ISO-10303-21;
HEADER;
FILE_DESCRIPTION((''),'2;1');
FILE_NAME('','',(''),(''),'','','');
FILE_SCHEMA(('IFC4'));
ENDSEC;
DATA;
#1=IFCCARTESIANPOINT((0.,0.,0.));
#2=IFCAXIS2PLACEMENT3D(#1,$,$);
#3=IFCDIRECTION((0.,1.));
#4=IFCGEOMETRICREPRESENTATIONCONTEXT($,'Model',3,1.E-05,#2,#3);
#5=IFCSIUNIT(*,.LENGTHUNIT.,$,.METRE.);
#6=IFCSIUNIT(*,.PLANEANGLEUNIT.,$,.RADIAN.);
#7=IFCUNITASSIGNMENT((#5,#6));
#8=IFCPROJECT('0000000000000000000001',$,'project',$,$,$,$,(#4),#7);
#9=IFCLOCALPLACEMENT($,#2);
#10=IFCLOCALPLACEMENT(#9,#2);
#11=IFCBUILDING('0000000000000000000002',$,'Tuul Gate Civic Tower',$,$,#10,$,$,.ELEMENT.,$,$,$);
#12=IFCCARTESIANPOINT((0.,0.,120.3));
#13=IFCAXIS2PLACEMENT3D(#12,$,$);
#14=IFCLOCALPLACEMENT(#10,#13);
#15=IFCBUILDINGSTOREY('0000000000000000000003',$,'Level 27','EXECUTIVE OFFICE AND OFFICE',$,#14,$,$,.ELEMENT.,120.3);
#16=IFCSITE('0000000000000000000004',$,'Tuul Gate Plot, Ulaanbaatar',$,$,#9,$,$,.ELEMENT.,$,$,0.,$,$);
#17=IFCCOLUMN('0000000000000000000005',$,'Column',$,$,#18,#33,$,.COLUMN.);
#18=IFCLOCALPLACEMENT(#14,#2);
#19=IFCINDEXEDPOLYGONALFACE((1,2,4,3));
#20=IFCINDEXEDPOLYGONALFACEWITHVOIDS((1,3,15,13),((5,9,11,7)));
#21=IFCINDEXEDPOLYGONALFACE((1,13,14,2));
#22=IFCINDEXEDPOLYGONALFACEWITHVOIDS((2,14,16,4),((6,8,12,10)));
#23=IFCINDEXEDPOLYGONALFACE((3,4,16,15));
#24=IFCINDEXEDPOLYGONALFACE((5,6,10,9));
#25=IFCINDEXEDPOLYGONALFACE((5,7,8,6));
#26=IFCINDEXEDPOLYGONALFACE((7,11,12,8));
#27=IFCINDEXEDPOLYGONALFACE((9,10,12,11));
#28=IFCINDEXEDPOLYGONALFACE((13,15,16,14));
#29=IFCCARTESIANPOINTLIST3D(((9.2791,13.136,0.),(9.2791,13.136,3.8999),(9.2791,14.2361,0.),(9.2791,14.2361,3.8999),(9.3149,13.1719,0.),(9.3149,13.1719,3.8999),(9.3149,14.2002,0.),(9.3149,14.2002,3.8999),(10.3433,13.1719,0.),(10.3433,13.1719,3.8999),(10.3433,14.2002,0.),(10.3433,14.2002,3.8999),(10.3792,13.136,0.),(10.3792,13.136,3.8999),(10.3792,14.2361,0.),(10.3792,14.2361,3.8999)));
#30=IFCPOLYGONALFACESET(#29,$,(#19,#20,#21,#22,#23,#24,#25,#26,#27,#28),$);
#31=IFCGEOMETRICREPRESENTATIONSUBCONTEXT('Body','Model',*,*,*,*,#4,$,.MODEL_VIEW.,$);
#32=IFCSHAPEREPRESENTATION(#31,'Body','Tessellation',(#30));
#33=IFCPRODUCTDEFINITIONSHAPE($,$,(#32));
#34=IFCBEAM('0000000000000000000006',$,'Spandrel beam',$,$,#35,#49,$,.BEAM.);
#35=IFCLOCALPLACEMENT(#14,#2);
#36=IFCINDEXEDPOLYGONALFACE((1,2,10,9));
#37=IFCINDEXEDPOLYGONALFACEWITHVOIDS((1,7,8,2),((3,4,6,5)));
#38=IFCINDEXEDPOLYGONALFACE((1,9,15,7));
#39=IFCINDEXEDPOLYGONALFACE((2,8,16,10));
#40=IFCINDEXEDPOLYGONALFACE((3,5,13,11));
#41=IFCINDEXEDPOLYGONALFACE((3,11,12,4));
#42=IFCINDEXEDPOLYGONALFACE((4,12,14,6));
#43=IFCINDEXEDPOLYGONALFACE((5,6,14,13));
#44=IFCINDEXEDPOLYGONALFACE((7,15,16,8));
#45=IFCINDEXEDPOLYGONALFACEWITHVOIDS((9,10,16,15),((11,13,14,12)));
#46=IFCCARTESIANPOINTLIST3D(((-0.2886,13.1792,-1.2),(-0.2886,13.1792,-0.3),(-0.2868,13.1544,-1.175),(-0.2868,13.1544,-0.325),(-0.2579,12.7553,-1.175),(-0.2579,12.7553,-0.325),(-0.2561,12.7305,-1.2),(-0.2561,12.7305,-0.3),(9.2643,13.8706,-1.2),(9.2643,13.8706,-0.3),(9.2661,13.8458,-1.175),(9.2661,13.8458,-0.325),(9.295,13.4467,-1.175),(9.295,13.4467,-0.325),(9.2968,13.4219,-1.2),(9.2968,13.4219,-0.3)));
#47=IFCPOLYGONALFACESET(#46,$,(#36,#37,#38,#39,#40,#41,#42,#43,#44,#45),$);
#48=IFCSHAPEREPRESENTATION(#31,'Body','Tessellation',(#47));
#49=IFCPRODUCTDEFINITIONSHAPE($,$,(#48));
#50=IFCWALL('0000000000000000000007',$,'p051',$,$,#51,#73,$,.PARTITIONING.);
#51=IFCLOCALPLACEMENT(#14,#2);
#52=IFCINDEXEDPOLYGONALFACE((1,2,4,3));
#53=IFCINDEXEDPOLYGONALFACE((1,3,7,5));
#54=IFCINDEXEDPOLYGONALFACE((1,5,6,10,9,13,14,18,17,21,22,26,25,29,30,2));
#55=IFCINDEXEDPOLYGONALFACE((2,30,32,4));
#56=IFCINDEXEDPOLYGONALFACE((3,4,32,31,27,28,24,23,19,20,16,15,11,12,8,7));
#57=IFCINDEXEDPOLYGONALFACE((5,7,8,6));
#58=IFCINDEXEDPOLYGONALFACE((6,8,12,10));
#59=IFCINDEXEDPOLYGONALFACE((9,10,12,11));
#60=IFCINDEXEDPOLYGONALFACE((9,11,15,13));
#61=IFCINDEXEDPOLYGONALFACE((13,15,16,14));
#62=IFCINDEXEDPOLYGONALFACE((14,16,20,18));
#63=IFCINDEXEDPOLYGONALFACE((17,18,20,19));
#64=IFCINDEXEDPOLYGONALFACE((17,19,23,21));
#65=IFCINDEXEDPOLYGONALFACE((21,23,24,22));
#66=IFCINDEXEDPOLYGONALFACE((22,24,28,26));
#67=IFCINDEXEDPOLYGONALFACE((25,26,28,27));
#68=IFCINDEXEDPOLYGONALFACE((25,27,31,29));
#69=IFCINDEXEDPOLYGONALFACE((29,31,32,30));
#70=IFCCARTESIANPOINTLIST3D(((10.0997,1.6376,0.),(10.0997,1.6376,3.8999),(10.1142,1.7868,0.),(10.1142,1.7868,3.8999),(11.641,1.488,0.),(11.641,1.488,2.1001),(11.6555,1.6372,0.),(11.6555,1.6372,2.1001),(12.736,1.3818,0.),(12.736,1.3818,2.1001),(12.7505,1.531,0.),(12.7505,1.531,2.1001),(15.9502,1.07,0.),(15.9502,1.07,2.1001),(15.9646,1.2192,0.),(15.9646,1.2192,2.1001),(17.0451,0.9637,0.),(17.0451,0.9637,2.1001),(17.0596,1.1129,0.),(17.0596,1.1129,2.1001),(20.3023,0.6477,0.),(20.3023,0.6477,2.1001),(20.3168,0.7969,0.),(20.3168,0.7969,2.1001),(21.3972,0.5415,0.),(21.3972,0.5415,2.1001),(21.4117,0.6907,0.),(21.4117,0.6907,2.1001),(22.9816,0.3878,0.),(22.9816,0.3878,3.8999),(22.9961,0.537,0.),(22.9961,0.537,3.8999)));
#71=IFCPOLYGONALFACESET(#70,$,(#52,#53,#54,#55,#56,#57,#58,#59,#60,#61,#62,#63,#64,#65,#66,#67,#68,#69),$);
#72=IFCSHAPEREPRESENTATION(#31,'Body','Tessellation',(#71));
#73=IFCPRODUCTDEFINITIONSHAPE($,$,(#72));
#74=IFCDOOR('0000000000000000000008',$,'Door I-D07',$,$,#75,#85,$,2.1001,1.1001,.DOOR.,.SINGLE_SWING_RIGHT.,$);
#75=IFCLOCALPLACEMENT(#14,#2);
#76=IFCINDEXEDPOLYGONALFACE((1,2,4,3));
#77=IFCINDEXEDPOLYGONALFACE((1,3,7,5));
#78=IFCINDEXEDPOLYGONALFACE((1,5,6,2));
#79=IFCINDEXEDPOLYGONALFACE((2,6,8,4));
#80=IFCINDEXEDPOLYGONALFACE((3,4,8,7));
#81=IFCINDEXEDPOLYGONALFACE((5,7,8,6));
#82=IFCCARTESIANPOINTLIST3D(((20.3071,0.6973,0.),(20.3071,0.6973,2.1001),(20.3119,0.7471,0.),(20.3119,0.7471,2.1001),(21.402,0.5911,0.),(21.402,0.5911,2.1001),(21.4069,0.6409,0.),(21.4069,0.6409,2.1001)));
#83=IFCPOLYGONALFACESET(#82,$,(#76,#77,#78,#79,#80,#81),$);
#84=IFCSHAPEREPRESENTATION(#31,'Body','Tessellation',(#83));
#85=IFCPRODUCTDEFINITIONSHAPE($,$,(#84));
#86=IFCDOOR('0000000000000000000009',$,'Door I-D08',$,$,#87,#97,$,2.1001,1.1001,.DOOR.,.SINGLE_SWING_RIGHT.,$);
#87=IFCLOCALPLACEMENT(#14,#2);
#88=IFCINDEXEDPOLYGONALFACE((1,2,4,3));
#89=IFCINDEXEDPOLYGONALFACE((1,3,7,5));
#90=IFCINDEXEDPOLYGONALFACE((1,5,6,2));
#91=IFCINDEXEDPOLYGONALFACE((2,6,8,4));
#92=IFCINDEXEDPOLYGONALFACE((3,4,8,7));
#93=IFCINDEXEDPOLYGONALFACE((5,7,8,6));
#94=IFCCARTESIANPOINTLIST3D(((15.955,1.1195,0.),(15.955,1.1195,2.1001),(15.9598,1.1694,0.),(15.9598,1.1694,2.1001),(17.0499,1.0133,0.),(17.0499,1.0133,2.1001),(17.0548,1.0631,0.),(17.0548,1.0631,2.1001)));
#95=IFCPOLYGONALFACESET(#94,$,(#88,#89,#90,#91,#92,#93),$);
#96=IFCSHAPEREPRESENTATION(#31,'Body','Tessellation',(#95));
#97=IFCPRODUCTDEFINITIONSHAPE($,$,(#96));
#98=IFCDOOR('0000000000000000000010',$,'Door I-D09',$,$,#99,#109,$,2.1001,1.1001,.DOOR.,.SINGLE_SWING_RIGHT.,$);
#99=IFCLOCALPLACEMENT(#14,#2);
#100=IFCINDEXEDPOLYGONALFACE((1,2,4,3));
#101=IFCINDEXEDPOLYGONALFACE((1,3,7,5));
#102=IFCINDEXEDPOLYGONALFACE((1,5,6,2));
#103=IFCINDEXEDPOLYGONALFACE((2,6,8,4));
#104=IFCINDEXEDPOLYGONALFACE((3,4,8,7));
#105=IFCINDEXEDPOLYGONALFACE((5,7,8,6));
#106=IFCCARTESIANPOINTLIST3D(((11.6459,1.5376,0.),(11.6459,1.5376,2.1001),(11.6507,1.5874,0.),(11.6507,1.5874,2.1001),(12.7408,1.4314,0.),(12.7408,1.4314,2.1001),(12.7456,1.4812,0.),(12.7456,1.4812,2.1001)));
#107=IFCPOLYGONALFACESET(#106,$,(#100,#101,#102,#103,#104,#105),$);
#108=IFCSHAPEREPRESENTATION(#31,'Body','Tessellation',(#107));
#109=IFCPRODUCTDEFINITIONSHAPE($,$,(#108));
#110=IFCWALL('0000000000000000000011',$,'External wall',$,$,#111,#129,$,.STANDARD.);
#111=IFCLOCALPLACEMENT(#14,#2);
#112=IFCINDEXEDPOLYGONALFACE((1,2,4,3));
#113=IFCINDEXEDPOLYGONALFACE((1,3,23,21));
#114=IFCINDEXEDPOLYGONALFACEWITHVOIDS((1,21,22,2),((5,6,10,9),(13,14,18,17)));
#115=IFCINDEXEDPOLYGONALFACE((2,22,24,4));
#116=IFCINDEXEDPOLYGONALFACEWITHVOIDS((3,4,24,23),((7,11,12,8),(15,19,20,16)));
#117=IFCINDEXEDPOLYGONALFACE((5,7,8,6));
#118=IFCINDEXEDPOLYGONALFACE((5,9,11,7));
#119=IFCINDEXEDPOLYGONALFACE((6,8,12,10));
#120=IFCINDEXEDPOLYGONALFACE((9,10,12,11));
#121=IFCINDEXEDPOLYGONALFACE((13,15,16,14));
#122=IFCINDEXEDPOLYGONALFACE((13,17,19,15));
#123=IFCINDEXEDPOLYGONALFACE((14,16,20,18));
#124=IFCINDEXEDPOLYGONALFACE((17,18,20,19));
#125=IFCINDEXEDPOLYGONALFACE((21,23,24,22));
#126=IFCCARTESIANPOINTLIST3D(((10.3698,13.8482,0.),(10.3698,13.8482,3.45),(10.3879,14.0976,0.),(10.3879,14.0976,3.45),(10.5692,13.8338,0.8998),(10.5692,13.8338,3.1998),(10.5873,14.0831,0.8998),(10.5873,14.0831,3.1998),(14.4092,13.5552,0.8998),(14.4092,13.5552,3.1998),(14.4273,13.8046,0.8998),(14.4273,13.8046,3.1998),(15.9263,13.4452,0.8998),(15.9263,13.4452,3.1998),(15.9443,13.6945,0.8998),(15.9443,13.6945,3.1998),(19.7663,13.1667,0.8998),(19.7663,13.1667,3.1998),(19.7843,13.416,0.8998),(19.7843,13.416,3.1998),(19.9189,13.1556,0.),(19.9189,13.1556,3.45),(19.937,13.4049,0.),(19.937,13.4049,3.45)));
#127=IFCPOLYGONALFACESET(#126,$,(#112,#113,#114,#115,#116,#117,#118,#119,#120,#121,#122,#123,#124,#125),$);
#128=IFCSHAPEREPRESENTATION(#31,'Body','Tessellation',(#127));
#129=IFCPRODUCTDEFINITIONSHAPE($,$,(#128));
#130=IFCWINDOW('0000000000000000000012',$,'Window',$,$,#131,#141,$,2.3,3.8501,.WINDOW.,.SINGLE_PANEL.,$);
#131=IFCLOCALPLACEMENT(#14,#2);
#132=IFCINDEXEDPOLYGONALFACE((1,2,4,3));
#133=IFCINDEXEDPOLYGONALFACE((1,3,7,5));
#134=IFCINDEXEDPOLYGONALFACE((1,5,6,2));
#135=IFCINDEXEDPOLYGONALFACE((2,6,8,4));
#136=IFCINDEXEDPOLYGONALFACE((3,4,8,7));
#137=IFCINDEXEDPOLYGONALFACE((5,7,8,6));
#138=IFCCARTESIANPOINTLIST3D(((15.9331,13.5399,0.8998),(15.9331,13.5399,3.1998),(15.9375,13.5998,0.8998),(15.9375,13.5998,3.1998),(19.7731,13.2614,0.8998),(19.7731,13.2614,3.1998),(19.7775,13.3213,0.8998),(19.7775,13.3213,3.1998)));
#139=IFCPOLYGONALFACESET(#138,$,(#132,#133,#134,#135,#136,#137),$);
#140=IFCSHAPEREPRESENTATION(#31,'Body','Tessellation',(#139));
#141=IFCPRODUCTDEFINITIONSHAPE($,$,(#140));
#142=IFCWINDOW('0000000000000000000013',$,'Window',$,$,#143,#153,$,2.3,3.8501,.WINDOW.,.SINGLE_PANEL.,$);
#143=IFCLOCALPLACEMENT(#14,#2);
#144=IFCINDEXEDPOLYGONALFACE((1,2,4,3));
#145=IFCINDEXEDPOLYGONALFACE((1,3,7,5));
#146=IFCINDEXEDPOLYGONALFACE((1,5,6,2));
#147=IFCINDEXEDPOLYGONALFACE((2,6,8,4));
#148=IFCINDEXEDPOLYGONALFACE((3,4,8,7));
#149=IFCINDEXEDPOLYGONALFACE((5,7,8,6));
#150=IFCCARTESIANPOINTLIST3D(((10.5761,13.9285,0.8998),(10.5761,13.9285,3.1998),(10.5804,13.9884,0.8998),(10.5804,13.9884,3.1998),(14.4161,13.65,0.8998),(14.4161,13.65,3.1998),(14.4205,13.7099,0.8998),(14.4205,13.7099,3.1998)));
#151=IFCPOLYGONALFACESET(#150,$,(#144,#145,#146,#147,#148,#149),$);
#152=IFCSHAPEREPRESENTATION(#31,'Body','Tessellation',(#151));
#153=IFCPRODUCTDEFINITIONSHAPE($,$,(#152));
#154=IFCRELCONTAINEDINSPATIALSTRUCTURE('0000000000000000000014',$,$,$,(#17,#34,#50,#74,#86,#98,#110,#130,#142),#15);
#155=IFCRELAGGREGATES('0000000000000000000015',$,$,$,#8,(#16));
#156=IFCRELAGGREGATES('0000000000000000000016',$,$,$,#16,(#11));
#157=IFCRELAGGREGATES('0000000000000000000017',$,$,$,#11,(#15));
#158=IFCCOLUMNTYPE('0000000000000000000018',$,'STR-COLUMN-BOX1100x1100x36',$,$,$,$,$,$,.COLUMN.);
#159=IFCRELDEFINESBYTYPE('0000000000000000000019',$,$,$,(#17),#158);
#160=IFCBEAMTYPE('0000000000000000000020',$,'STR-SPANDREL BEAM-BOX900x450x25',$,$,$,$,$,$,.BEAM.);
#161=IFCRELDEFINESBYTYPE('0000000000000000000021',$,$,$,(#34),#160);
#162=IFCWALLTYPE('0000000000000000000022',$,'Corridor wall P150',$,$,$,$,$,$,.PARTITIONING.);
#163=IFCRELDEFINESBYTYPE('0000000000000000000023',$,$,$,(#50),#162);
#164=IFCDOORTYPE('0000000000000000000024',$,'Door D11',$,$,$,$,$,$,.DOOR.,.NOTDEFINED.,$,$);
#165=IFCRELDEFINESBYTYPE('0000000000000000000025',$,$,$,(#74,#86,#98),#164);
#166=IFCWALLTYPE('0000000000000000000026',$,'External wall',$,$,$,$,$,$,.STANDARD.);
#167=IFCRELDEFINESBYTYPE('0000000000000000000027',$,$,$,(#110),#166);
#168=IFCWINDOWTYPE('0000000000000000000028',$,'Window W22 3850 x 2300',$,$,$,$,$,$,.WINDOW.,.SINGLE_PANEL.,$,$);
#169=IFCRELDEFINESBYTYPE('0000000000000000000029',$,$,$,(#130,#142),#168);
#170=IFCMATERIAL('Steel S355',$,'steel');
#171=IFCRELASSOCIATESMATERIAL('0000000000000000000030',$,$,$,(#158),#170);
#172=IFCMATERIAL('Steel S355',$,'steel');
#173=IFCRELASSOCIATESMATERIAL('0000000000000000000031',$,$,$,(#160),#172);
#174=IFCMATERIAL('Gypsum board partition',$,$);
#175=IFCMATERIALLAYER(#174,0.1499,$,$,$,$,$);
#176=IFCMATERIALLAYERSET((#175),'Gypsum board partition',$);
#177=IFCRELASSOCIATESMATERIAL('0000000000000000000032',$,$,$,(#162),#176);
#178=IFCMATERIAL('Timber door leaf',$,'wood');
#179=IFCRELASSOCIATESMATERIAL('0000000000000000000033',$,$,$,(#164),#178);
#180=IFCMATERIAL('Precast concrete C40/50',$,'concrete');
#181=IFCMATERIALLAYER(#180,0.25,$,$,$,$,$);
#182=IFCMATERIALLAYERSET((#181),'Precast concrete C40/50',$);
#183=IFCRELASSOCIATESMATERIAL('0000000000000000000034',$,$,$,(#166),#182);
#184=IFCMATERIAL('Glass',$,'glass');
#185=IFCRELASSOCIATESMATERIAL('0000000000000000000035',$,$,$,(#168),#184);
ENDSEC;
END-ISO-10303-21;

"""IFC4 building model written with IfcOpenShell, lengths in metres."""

from ifc_helpers import new_model, si_unit, direction, frame, frame_2d, origin, origin_2d, place, context, subcontext, project, spatial, rectangle, hollow_rectangle, extrude, material, layer, layer_set, material_profile, profile_set, type_object, element, fill, save


model = new_model("IFC4")

# Units and contexts
model_context = context("Model", 3, precision=1e-05, world=origin(), true_north=direction((0.0, 1.0)))
body_context = subcontext(model_context, "Body", "Model", "MODEL_VIEW")
ifc_project = project(units=[si_unit("LENGTHUNIT", "METRE"), si_unit("PLANEANGLEUNIT", "RADIAN")], contexts=[model_context])

# Site, building, storey
site_placement = place(None, origin())
site = spatial("IfcSite", under=ifc_project, at=site_placement, Name="Tuul Gate Plot, Ulaanbaatar", CompositionType="ELEMENT", RefElevation=0.0)
building_placement = place(site_placement, origin())
building = spatial("IfcBuilding", under=site, at=building_placement, Name="Tuul Gate Civic Tower", CompositionType="ELEMENT")
storey_placement = place(building_placement, frame((0.0, 0.0, 120.3)))
storey = spatial("IfcBuildingStorey", under=building, at=storey_placement, Name="Level 27", Description="EXECUTIVE OFFICE AND OFFICE", CompositionType="ELEMENT", Elevation=120.3)

# Column
ifc_material_1 = material(Name="Steel S355", Category="steel")
ifc_material_profile_1 = material_profile(ifc_material_1, hollow_rectangle(XDim=1.1001, YDim=1.1001, WallThickness=0.0359, at=origin_2d()), Name="BOX1100x1100x36")
ifc_profile_set_1 = profile_set([ifc_material_profile_1], Name="Steel S355")
column_type = type_object("IfcColumnType", Name="STR-COLUMN-BOX1100x1100x36", PredefinedType="COLUMN", material=ifc_profile_set_1)
column_placement = place(storey_placement, frame((9.8291, 13.686, 0.0), z_axis=(0.0, 0.0, 1.0), x_axis=(1.0, 0.0, 0.0)))
element("IfcColumn", 1, at=column_placement, inside=storey, type_object=column_type, Name="Column", PredefinedType="COLUMN", context=body_context, shape_type="SweptSolid", body=[
    extrude(hollow_rectangle(XDim=1.1001, YDim=1.1001, WallThickness=0.0359, at=origin_2d()), origin(), (0.0, 0.0, 1.0), 3.8999),
])

# Beam
ifc_material_2 = material(Name="Steel S355", Category="steel")
ifc_material_profile_2 = material_profile(ifc_material_2, hollow_rectangle(XDim=0.45, YDim=0.8999, WallThickness=0.0249, at=origin_2d()), Name="BOX900x450x25")
ifc_profile_set_2 = profile_set([ifc_material_profile_2], Name="Steel S355")
beam_type = type_object("IfcBeamType", Name="STR-SPANDREL BEAM-BOX900x450x25", PredefinedType="BEAM", material=ifc_profile_set_2)
beam_placement = place(storey_placement, frame((9.2805, 13.6462, -0.75), z_axis=(-0.997391, -0.072187, 0.0), x_axis=(0.072187, -0.997391, 0.0)))
element("IfcBeam", 2, at=beam_placement, inside=storey, type_object=beam_type, Name="Spandrel beam", PredefinedType="BEAM", context=body_context, shape_type="SweptSolid", body=[
    extrude(hollow_rectangle(XDim=0.45, YDim=0.8999, WallThickness=0.0249, at=origin_2d()), origin(), (0.0, 0.0, 1.0), 9.5779),
])

# Wall, openings, doors
ifc_material_3 = material(Name="Gypsum board partition")
ifc_layer_1 = layer(ifc_material_3, 0.1499)
ifc_layer_set_1 = layer_set([ifc_layer_1], Name="Gypsum board partition")
wall_type_1 = type_object("IfcWallType", Name="Corridor wall P150", PredefinedType="PARTITIONING", material=ifc_layer_set_1)
wall_1_placement = place(storey_placement, frame((10.1069, 1.7122, 0.0), z_axis=(0.0, 0.0, 1.0), x_axis=(0.995327, -0.096564, 0.0)))
wall_1 = element("IfcWall", 3, at=wall_1_placement, inside=storey, type_object=wall_type_1, Name="p051", PredefinedType="PARTITIONING", context=body_context, shape_type="SweptSolid", body=[
    extrude(rectangle(XDim=12.9424, YDim=0.1499, at=frame_2d((6.4712, 0.0))), origin(), (0.0, 0.0, 1.0), 3.8999),
])
opening_1_placement = place(wall_1_placement, frame((10.2505, 0.0, 0.0)))
opening_1 = element("IfcOpeningElement", 4, at=opening_1_placement, cuts=wall_1, PredefinedType="OPENING", context=body_context, shape_type="SweptSolid", body=[
    extrude(rectangle(XDim=1.1001, YDim=2.1001, at=frame_2d((0.55, 1.05))), frame((0.0, 0.085, 0.0), z_axis=(0.0, -1.0, 0.0), x_axis=(1.0, 0.0, 0.0)), (0.0, 0.0, 1.0), 0.1699),
])
opening_2_placement = place(wall_1_placement, frame((5.8779, 0.0, 0.0)))
opening_2 = element("IfcOpeningElement", 5, at=opening_2_placement, cuts=wall_1, PredefinedType="OPENING", context=body_context, shape_type="SweptSolid", body=[
    extrude(rectangle(XDim=1.1001, YDim=2.1001, at=frame_2d((0.55, 1.05))), frame((0.0, 0.085, 0.0), z_axis=(0.0, -1.0, 0.0), x_axis=(1.0, 0.0, 0.0)), (0.0, 0.0, 1.0), 0.1699),
])
opening_3_placement = place(wall_1_placement, frame((1.5486, 0.0, 0.0)))
opening_3 = element("IfcOpeningElement", 6, at=opening_3_placement, cuts=wall_1, PredefinedType="OPENING", context=body_context, shape_type="SweptSolid", body=[
    extrude(rectangle(XDim=1.1001, YDim=2.1001, at=frame_2d((0.55, 1.05))), frame((0.0, 0.085, 0.0), z_axis=(0.0, -1.0, 0.0), x_axis=(1.0, 0.0, 0.0)), (0.0, 0.0, 1.0), 0.1699),
])
ifc_material_4 = material(Name="Timber door leaf", Category="wood")
door_type = type_object("IfcDoorType", Name="Door D11", OperationType="NOTDEFINED", PredefinedType="DOOR", material=ifc_material_4)
door_1_placement = place(opening_1_placement, origin())
door_1 = element("IfcDoor", 7, at=door_1_placement, inside=storey, type_object=door_type, Name="Door I-D07", OperationType="SINGLE_SWING_RIGHT", OverallHeight=2.1001, OverallWidth=1.1001, PredefinedType="DOOR", context=body_context, shape_type="SweptSolid", body=[
    extrude(rectangle(XDim=1.1001, YDim=2.1001, at=frame_2d((0.55, 1.05))), frame((0.0, 0.0249, 0.0), z_axis=(0.0, -1.0, 0.0), x_axis=(1.0, 0.0, 0.0)), (0.0, 0.0, 1.0), 0.05),
])
fill(opening_1, door_1)
door_2_placement = place(opening_2_placement, origin())
door_2 = element("IfcDoor", 8, at=door_2_placement, inside=storey, type_object=door_type, Name="Door I-D08", OperationType="SINGLE_SWING_RIGHT", OverallHeight=2.1001, OverallWidth=1.1001, PredefinedType="DOOR", context=body_context, shape_type="SweptSolid", body=[
    extrude(rectangle(XDim=1.1001, YDim=2.1001, at=frame_2d((0.55, 1.05))), frame((0.0, 0.0249, 0.0), z_axis=(0.0, -1.0, 0.0), x_axis=(1.0, 0.0, 0.0)), (0.0, 0.0, 1.0), 0.05),
])
fill(opening_2, door_2)
door_3_placement = place(opening_3_placement, origin())
door_3 = element("IfcDoor", 9, at=door_3_placement, inside=storey, type_object=door_type, Name="Door I-D09", OperationType="SINGLE_SWING_RIGHT", OverallHeight=2.1001, OverallWidth=1.1001, PredefinedType="DOOR", context=body_context, shape_type="SweptSolid", body=[
    extrude(rectangle(XDim=1.1001, YDim=2.1001, at=frame_2d((0.55, 1.05))), frame((0.0, 0.0249, 0.0), z_axis=(0.0, -1.0, 0.0), x_axis=(1.0, 0.0, 0.0)), (0.0, 0.0, 1.0), 0.05),
])
fill(opening_3, door_3)

# Wall, openings, windows
ifc_material_5 = material(Name="Precast concrete C40/50", Category="concrete")
ifc_layer_2 = layer(ifc_material_5, 0.25)
ifc_layer_set_2 = layer_set([ifc_layer_2], Name="Precast concrete C40/50")
wall_type_2 = type_object("IfcWallType", Name="External wall", PredefinedType="STANDARD", material=ifc_layer_set_2)
wall_2_placement = place(storey_placement, frame((19.928, 13.2803, 0.0), z_axis=(0.0, 0.0, 1.0), x_axis=(-0.99738, 0.072343, 0.0)))
wall_2 = element("IfcWall", 10, at=wall_2_placement, inside=storey, type_object=wall_type_2, Name="External wall", PredefinedType="STANDARD", context=body_context, shape_type="SweptSolid", body=[
    extrude(rectangle(XDim=9.5742, YDim=0.25, at=frame_2d((4.7871, 0.0))), origin(), (0.0, 0.0, 1.0), 3.45),
])
opening_4_placement = place(wall_2_placement, frame((0.1531, 0.0, 0.8999)))
opening_4 = element("IfcOpeningElement", 11, at=opening_4_placement, cuts=wall_2, PredefinedType="OPENING", context=body_context, shape_type="SweptSolid", body=[
    extrude(rectangle(XDim=3.8501, YDim=2.3, at=frame_2d((1.925, 1.1499))), frame((0.0, 0.135, 0.0), z_axis=(0.0, -1.0, 0.0), x_axis=(1.0, 0.0, 0.0)), (0.0, 0.0, 1.0), 0.27),
])
opening_5_placement = place(wall_2_placement, frame((5.5242, 0.0, 0.8999)))
opening_5 = element("IfcOpeningElement", 12, at=opening_5_placement, cuts=wall_2, PredefinedType="OPENING", context=body_context, shape_type="SweptSolid", body=[
    extrude(rectangle(XDim=3.8501, YDim=2.3, at=frame_2d((1.925, 1.1499))), frame((0.0, 0.135, 0.0), z_axis=(0.0, -1.0, 0.0), x_axis=(1.0, 0.0, 0.0)), (0.0, 0.0, 1.0), 0.27),
])
ifc_material_6 = material(Name="Glass", Category="glass")
window_type = type_object("IfcWindowType", Name="Window W22 3850 x 2300", PartitioningType="SINGLE_PANEL", PredefinedType="WINDOW", material=ifc_material_6)
window_1_placement = place(opening_4_placement, origin())
window_1 = element("IfcWindow", 13, at=window_1_placement, inside=storey, type_object=window_type, Name="Window", OverallHeight=2.3, OverallWidth=3.8501, PartitioningType="SINGLE_PANEL", PredefinedType="WINDOW", context=body_context, shape_type="SweptSolid", body=[
    extrude(rectangle(XDim=3.8501, YDim=2.3, at=frame_2d((1.925, 1.1499))), frame((0.0, 0.03, 0.0), z_axis=(0.0, -1.0, 0.0), x_axis=(1.0, 0.0, 0.0)), (0.0, 0.0, 1.0), 0.0601),
])
fill(opening_4, window_1)
window_2_placement = place(opening_5_placement, origin())
window_2 = element("IfcWindow", 14, at=window_2_placement, inside=storey, type_object=window_type, Name="Window", OverallHeight=2.3, OverallWidth=3.8501, PartitioningType="SINGLE_PANEL", PredefinedType="WINDOW", context=body_context, shape_type="SweptSolid", body=[
    extrude(rectangle(XDim=3.8501, YDim=2.3, at=frame_2d((1.925, 1.1499))), frame((0.0, 0.03, 0.0), z_axis=(0.0, -1.0, 0.0), x_axis=(1.0, 0.0, 0.0)), (0.0, 0.0, 1.0), 0.0601),
])
fill(opening_5, window_2)

save(model, "model.ifc")
